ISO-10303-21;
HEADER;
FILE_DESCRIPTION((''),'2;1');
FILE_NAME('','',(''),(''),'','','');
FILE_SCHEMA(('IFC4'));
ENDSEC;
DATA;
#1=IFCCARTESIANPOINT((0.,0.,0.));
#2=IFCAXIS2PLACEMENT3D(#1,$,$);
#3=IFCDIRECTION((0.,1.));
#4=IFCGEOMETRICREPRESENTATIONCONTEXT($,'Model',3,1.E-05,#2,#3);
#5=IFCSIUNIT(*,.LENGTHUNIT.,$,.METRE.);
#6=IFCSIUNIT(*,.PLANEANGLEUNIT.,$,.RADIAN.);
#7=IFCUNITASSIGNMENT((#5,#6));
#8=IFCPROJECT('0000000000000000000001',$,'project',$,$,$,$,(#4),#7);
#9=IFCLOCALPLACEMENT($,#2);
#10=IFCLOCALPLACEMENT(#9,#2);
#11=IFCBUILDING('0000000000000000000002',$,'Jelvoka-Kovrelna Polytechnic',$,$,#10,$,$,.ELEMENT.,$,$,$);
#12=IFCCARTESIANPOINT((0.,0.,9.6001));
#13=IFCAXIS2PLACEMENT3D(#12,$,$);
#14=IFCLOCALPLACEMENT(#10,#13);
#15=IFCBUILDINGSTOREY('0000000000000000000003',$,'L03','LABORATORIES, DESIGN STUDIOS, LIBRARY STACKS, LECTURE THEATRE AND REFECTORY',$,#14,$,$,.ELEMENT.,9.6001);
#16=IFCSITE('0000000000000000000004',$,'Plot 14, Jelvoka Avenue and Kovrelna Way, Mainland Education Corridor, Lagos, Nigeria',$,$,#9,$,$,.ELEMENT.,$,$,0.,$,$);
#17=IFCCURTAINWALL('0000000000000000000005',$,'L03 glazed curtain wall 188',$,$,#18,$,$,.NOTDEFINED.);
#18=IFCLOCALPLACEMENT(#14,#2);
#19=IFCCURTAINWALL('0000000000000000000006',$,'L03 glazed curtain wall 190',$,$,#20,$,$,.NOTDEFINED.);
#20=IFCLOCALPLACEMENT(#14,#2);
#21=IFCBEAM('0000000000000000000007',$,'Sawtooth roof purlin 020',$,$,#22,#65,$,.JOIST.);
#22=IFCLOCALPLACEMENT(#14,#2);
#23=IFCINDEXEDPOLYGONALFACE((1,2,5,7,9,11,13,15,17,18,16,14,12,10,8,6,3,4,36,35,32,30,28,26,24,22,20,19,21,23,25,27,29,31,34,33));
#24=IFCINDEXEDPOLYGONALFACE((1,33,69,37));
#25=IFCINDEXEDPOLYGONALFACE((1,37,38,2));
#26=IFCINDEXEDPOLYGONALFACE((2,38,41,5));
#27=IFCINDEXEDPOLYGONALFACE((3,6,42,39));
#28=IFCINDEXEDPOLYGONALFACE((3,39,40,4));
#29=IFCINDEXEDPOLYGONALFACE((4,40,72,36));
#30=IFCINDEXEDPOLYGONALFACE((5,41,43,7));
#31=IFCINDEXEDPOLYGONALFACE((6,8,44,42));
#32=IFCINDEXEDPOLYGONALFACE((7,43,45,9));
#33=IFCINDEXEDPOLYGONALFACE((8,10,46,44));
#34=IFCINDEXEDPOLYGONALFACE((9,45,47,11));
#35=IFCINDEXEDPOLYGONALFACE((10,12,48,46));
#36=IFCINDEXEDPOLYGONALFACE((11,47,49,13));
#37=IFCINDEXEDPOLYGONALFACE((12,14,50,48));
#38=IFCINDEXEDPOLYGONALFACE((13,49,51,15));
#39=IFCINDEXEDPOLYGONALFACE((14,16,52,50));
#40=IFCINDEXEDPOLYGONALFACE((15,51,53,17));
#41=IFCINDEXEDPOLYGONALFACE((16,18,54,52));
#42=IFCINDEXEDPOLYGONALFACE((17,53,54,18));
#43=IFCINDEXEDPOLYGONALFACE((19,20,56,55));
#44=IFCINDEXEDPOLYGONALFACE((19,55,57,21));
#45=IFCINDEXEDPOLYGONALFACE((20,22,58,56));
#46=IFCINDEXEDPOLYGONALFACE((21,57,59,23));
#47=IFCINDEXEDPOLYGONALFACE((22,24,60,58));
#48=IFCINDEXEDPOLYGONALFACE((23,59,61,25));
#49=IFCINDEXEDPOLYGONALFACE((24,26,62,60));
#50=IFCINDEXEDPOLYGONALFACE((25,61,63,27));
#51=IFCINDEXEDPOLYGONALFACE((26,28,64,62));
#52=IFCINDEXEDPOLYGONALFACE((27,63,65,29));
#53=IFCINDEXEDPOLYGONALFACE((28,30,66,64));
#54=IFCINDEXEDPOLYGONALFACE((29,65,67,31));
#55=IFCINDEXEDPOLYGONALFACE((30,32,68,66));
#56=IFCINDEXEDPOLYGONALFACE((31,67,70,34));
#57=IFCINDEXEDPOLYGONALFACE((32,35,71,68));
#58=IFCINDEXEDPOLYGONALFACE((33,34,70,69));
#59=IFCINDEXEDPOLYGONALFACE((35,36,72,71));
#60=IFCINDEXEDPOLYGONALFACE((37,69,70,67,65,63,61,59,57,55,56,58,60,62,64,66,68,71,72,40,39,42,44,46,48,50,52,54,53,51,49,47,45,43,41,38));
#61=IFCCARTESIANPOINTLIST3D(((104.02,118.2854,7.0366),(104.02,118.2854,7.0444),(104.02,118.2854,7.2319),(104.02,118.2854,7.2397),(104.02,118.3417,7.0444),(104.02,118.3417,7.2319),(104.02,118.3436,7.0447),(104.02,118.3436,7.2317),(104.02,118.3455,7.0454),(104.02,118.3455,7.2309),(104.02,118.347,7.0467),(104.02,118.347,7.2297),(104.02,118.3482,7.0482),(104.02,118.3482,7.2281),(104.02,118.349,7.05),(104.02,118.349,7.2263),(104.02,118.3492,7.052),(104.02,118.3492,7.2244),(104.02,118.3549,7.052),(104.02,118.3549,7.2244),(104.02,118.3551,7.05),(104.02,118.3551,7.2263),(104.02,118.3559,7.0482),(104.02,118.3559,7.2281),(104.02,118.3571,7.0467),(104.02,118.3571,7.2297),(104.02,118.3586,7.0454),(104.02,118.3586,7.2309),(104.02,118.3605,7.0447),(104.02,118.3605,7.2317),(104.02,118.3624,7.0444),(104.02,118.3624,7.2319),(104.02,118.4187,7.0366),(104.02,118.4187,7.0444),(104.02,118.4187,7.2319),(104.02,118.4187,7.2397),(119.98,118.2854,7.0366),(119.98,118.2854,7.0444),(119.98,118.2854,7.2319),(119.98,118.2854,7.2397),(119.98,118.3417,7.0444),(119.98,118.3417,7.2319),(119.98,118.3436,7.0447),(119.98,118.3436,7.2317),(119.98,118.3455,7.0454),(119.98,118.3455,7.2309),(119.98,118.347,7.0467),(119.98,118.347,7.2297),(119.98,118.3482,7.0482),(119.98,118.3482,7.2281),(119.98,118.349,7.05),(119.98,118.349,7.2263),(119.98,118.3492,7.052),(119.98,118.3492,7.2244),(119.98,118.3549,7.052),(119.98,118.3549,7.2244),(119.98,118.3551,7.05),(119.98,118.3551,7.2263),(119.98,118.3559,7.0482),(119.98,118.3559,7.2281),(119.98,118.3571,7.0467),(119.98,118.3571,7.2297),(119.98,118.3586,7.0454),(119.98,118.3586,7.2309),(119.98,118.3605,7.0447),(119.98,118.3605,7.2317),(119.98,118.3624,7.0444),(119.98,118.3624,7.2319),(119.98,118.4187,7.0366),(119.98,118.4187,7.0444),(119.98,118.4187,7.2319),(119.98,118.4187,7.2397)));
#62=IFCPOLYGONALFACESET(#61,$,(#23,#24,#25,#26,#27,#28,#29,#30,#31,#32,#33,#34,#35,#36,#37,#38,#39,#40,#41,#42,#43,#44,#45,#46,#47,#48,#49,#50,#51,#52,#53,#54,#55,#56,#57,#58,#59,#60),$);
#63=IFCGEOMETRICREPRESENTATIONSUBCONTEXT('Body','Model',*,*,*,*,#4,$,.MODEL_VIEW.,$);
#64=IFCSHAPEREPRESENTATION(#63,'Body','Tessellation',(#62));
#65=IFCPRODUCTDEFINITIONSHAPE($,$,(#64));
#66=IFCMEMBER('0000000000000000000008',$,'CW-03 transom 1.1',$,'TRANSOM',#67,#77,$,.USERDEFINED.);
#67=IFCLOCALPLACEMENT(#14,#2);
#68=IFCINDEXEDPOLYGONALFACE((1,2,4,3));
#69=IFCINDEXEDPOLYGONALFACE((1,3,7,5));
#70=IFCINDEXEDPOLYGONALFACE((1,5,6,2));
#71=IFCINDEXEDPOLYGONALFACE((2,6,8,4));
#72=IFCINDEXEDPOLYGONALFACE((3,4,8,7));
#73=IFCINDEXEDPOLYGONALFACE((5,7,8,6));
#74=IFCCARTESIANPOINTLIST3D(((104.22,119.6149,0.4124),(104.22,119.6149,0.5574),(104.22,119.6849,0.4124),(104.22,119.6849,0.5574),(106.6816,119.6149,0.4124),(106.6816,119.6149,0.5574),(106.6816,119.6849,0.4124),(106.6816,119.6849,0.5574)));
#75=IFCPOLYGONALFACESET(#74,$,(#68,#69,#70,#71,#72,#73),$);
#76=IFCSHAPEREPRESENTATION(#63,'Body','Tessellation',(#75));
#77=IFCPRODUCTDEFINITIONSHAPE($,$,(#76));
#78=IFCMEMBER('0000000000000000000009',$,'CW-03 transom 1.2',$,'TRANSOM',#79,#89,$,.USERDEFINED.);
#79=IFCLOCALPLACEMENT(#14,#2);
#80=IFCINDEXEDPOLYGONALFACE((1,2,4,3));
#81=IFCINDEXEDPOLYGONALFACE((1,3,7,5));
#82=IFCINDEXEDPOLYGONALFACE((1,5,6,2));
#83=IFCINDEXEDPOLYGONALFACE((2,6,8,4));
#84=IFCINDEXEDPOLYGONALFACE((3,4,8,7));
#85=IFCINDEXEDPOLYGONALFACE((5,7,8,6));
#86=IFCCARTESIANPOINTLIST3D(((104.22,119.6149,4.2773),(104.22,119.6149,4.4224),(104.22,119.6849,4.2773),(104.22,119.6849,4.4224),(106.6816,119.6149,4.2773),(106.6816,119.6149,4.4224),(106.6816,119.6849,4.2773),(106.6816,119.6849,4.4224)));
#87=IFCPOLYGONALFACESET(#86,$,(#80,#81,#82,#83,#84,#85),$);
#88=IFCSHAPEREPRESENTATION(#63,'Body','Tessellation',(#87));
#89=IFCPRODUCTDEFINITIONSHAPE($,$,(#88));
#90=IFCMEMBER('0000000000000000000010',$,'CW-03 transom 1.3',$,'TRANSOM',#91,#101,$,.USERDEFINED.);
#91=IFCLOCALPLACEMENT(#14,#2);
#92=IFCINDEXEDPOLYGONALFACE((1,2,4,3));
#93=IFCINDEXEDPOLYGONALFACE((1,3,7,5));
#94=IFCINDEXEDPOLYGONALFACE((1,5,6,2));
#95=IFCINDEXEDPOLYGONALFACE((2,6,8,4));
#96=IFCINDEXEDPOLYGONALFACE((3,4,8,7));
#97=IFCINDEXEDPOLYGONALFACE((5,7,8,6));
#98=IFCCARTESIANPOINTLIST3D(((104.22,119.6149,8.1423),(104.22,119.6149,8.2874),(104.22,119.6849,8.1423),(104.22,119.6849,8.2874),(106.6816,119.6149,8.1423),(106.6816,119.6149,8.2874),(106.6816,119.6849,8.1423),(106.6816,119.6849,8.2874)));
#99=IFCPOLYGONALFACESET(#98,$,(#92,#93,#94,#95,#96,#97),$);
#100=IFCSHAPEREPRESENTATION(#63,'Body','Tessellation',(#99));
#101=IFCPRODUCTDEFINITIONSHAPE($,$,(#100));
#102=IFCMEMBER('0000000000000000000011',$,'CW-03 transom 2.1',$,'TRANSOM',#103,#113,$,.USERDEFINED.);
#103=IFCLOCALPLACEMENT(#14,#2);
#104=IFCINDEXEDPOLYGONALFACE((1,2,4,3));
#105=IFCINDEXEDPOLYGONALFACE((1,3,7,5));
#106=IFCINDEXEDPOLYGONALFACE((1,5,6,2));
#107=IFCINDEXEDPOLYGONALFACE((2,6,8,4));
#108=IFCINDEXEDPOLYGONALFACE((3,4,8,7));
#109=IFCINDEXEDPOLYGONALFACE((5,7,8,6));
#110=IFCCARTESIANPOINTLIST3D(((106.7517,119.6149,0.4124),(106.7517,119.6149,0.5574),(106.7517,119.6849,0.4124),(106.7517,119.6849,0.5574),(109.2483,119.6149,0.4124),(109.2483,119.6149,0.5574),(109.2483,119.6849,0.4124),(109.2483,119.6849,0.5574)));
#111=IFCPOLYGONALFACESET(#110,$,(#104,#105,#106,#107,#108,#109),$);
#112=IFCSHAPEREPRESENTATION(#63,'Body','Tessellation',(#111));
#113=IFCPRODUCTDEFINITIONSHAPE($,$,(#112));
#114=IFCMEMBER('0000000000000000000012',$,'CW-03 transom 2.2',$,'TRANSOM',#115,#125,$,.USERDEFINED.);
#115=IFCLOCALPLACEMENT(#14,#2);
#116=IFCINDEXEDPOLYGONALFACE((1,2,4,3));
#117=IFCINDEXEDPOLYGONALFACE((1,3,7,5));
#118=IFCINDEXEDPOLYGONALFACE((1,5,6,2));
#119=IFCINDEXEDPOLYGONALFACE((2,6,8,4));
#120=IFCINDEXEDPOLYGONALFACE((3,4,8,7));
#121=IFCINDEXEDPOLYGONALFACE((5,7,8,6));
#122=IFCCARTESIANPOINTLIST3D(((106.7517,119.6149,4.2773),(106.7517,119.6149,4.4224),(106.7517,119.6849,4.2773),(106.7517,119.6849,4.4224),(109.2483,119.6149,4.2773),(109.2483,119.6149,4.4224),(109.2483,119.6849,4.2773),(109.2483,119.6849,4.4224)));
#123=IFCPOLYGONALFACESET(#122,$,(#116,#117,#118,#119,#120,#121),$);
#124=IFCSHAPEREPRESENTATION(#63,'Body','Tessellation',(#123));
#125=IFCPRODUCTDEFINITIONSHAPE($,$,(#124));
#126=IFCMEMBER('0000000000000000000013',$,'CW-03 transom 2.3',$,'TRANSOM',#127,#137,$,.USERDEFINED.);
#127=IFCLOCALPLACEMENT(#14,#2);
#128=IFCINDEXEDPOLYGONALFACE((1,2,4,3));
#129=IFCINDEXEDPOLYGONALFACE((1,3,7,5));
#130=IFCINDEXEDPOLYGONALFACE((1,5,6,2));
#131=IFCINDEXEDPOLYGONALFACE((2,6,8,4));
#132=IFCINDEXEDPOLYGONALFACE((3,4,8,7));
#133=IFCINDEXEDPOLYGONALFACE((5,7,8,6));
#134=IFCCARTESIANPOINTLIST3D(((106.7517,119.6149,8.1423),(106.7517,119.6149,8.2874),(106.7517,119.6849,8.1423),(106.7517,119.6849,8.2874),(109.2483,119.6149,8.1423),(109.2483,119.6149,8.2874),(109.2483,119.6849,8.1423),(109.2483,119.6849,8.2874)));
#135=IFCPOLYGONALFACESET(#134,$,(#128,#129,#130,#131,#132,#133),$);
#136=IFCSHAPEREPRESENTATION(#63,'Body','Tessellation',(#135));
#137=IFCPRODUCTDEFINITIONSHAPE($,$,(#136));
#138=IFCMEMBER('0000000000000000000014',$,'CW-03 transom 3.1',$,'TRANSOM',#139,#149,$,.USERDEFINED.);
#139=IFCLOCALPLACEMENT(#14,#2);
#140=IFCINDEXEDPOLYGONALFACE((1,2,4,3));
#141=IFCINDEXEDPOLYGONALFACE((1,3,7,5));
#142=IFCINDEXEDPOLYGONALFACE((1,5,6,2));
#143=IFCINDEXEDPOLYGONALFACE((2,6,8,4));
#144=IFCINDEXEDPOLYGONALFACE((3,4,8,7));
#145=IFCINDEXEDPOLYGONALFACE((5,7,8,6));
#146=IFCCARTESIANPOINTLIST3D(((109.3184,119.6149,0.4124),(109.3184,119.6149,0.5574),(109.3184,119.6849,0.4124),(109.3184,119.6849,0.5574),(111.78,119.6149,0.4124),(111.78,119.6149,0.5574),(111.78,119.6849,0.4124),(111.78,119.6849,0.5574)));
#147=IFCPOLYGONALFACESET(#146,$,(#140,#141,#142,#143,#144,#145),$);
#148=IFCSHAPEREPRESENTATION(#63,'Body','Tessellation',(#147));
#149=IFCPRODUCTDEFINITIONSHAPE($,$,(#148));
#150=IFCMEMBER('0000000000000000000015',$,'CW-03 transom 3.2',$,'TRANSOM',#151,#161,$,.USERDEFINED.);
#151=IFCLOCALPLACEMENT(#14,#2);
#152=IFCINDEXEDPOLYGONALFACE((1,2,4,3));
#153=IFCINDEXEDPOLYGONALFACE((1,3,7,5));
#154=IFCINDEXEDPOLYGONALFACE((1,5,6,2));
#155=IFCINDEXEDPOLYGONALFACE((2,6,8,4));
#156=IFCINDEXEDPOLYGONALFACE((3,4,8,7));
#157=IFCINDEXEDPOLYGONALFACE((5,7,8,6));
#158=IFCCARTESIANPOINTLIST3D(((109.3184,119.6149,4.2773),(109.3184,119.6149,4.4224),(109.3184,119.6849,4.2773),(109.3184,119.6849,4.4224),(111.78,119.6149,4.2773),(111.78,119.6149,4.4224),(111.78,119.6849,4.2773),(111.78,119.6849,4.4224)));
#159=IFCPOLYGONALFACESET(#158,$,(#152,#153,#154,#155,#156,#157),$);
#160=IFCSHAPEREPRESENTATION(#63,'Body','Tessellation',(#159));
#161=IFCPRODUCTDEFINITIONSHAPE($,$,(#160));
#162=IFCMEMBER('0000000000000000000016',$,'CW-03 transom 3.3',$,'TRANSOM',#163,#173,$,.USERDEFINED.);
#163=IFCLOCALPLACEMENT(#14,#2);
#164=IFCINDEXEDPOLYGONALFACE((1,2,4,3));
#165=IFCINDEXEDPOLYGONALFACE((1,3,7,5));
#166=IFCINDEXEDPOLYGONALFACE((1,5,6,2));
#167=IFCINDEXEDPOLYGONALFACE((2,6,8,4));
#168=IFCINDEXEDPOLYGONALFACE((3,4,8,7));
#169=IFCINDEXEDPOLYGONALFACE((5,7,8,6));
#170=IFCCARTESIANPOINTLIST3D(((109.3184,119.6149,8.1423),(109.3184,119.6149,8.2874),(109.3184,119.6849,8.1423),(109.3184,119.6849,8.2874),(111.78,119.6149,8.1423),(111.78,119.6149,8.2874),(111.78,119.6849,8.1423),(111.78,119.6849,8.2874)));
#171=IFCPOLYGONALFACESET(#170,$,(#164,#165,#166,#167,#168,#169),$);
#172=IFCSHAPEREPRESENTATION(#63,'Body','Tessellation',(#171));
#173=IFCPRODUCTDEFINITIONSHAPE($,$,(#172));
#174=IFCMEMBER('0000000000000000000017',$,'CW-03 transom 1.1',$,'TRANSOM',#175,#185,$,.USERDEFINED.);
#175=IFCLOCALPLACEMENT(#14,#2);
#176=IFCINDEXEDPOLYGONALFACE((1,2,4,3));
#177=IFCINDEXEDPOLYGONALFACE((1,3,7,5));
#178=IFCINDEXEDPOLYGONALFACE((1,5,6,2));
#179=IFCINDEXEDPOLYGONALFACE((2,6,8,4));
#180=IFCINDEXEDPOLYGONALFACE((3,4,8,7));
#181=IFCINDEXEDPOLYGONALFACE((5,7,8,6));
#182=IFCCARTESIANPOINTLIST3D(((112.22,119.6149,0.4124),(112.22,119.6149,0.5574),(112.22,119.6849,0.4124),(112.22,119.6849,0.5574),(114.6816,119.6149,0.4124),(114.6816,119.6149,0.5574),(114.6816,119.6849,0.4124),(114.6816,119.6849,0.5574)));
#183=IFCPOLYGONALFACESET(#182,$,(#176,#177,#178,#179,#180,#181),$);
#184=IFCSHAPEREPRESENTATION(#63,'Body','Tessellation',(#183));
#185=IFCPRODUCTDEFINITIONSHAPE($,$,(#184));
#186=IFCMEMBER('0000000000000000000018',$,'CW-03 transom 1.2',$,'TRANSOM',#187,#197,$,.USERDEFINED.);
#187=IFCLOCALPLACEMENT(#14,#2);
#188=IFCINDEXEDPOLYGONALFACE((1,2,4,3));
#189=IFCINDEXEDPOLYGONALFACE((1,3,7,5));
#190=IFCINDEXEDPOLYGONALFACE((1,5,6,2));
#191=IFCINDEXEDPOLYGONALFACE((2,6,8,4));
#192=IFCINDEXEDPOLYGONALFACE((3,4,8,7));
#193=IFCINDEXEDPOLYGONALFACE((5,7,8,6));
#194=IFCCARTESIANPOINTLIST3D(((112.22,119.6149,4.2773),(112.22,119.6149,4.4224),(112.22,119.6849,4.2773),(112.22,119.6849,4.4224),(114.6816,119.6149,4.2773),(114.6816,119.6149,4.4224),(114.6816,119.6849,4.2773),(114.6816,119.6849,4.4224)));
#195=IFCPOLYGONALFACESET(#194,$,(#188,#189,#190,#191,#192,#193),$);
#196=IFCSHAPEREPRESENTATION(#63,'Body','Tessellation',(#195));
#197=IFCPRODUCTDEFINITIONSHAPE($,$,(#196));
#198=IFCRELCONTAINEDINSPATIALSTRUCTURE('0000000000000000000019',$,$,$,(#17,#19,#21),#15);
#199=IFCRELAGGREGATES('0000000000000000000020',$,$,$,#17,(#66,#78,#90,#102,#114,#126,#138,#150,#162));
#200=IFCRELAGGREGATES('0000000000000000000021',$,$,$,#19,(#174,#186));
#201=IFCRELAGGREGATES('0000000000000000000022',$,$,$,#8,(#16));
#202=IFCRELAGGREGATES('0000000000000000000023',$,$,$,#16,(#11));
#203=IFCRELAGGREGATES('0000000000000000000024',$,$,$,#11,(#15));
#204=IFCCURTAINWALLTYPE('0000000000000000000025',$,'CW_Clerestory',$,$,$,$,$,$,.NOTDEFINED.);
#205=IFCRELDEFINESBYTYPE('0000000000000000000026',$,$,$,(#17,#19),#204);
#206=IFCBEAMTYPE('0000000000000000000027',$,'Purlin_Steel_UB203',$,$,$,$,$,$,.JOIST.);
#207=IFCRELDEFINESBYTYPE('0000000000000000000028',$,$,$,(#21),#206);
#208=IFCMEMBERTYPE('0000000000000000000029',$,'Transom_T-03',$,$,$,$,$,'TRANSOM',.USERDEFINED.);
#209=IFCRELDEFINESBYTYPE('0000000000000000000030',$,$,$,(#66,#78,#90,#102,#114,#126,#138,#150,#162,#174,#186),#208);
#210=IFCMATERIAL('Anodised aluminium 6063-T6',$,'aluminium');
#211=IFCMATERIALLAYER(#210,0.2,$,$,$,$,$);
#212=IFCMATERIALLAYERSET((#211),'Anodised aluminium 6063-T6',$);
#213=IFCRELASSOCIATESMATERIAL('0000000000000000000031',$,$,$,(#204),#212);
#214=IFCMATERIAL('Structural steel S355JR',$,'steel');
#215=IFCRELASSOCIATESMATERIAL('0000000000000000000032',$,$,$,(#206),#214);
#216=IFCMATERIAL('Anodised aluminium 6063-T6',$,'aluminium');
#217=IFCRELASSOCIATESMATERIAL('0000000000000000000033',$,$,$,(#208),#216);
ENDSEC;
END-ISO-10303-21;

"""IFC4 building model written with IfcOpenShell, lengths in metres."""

from ifc_helpers import new_model, si_unit, direction, frame, origin, origin_2d, place, context, subcontext, project, spatial, rectangle, i_section, extrude, material, layer, layer_set, material_profile, profile_set, type_object, element, aggregate, save


model = new_model("IFC4")

# Units and contexts
model_context = context("Model", 3, precision=1e-05, world=origin(), true_north=direction((0.0, 1.0)))
body_context = subcontext(model_context, "Body", "Model", "MODEL_VIEW")
ifc_project = project(units=[si_unit("LENGTHUNIT", "METRE"), si_unit("PLANEANGLEUNIT", "RADIAN")], contexts=[model_context])

# Site, building, storey
site_placement = place(None, origin())
site = spatial("IfcSite", under=ifc_project, at=site_placement, Name="Plot 14, Jelvoka Avenue and Kovrelna Way, Mainland Education Corridor, Lagos, Nigeria", CompositionType="ELEMENT", RefElevation=0.0)
building_placement = place(site_placement, origin())
building = spatial("IfcBuilding", under=site, at=building_placement, Name="Jelvoka-Kovrelna Polytechnic", CompositionType="ELEMENT")
storey_placement = place(building_placement, frame((0.0, 0.0, 9.6001)))
storey = spatial("IfcBuildingStorey", under=building, at=storey_placement, Name="L03", Description="LABORATORIES, DESIGN STUDIOS, LIBRARY STACKS, LECTURE THEATRE AND REFECTORY", CompositionType="ELEMENT", Elevation=9.6001)

# Curtain walls
ifc_material_1 = material(Name="Anodised aluminium 6063-T6", Category="aluminium")
ifc_layer_1 = layer(ifc_material_1, 0.2)
ifc_layer_set_1 = layer_set([ifc_layer_1], Name="Anodised aluminium 6063-T6")
curtain_wall_type = type_object("IfcCurtainWallType", Name="CW_Clerestory", PredefinedType="NOTDEFINED", material=ifc_layer_set_1)
curtain_wall_1_placement = place(storey_placement, origin())
curtain_wall_1 = element("IfcCurtainWall", 1, at=curtain_wall_1_placement, inside=storey, type_object=curtain_wall_type, Name="L03 glazed curtain wall 188", PredefinedType="NOTDEFINED")
curtain_wall_2_placement = place(storey_placement, origin())
curtain_wall_2 = element("IfcCurtainWall", 2, at=curtain_wall_2_placement, inside=storey, type_object=curtain_wall_type, Name="L03 glazed curtain wall 190", PredefinedType="NOTDEFINED")

# Beam
ifc_material_2 = material(Name="Structural steel S355JR", Category="steel")
ifc_material_profile_1 = material_profile(ifc_material_2, i_section(OverallWidth=0.1333, OverallDepth=0.2031, WebThickness=0.0056, FlangeThickness=0.0078, FilletRadius=0.0076, at=origin_2d()), Name="203x133x25 UB")
ifc_profile_set_1 = profile_set([ifc_material_profile_1], Name="Structural steel S355JR")
beam_type_1 = type_object("IfcBeamType", Name="Purlin_Steel_UB203", PredefinedType="JOIST", material=ifc_profile_set_1)
beam_placement = place(storey_placement, frame((104.02, 118.3521, 7.1382), z_axis=(1.0, 0.0, 0.0), x_axis=(0.0, 1.0, 0.0)))
element("IfcBeam", 3, at=beam_placement, inside=storey, type_object=beam_type_1, Name="Sawtooth roof purlin 020", PredefinedType="JOIST", context=body_context, shape_type="SweptSolid", body=[
    extrude(i_section(OverallWidth=0.1333, OverallDepth=0.2031, WebThickness=0.0056, FlangeThickness=0.0078, FilletRadius=0.0076, at=origin_2d()), origin(), (0.0, 0.0, 1.0), 15.96),
])

# Members
ifc_material_3 = material(Name="Anodised aluminium 6063-T6", Category="aluminium")
ifc_material_profile_2 = material_profile(ifc_material_3, rectangle(XDim=0.0701, YDim=0.145, at=origin_2d()), Name="ALU 70x145")
ifc_profile_set_2 = profile_set([ifc_material_profile_2], Name="Anodised aluminium 6063-T6")
member_type_1 = type_object("IfcMemberType", Name="Transom_T-03", ElementType="TRANSOM", PredefinedType="USERDEFINED", material=ifc_profile_set_2)
member_1_placement = place(storey_placement, frame((104.22, 119.6499, 0.4849), z_axis=(1.0, 0.0, 0.0), x_axis=(0.0, 1.0, 0.0)))
member_1 = element("IfcMember", 4, at=member_1_placement, type_object=member_type_1, Name="CW-03 transom 1.1", ObjectType="TRANSOM", PredefinedType="USERDEFINED", context=body_context, shape_type="SweptSolid", body=[
    extrude(rectangle(XDim=0.0701, YDim=0.145, at=origin_2d()), origin(), (0.0, 0.0, 1.0), 2.4617),
])
member_2_placement = place(storey_placement, frame((104.22, 119.6499, 4.3499), z_axis=(1.0, 0.0, 0.0), x_axis=(0.0, 1.0, 0.0)))
member_2 = element("IfcMember", 5, at=member_2_placement, type_object=member_type_1, Name="CW-03 transom 1.2", ObjectType="TRANSOM", PredefinedType="USERDEFINED", context=body_context, shape_type="SweptSolid", body=[
    extrude(rectangle(XDim=0.0701, YDim=0.145, at=origin_2d()), origin(), (0.0, 0.0, 1.0), 2.4617),
])
member_3_placement = place(storey_placement, frame((104.22, 119.6499, 8.2148), z_axis=(1.0, 0.0, 0.0), x_axis=(0.0, 1.0, 0.0)))
member_3 = element("IfcMember", 6, at=member_3_placement, type_object=member_type_1, Name="CW-03 transom 1.3", ObjectType="TRANSOM", PredefinedType="USERDEFINED", context=body_context, shape_type="SweptSolid", body=[
    extrude(rectangle(XDim=0.0701, YDim=0.145, at=origin_2d()), origin(), (0.0, 0.0, 1.0), 2.4617),
])
member_4_placement = place(storey_placement, frame((106.7517, 119.6499, 0.4849), z_axis=(1.0, 0.0, 0.0), x_axis=(0.0, 1.0, 0.0)))
member_4 = element("IfcMember", 7, at=member_4_placement, type_object=member_type_1, Name="CW-03 transom 2.1", ObjectType="TRANSOM", PredefinedType="USERDEFINED", context=body_context, shape_type="SweptSolid", body=[
    extrude(rectangle(XDim=0.0701, YDim=0.145, at=origin_2d()), origin(), (0.0, 0.0, 1.0), 2.4966),
])
member_5_placement = place(storey_placement, frame((106.7517, 119.6499, 4.3499), z_axis=(1.0, 0.0, 0.0), x_axis=(0.0, 1.0, 0.0)))
member_5 = element("IfcMember", 8, at=member_5_placement, type_object=member_type_1, Name="CW-03 transom 2.2", ObjectType="TRANSOM", PredefinedType="USERDEFINED", context=body_context, shape_type="SweptSolid", body=[
    extrude(rectangle(XDim=0.0701, YDim=0.145, at=origin_2d()), origin(), (0.0, 0.0, 1.0), 2.4966),
])
member_6_placement = place(storey_placement, frame((106.7517, 119.6499, 8.2148), z_axis=(1.0, 0.0, 0.0), x_axis=(0.0, 1.0, 0.0)))
member_6 = element("IfcMember", 9, at=member_6_placement, type_object=member_type_1, Name="CW-03 transom 2.3", ObjectType="TRANSOM", PredefinedType="USERDEFINED", context=body_context, shape_type="SweptSolid", body=[
    extrude(rectangle(XDim=0.0701, YDim=0.145, at=origin_2d()), origin(), (0.0, 0.0, 1.0), 2.4966),
])
member_7_placement = place(storey_placement, frame((109.3184, 119.6499, 0.4849), z_axis=(1.0, 0.0, 0.0), x_axis=(0.0, 1.0, 0.0)))
member_7 = element("IfcMember", 10, at=member_7_placement, type_object=member_type_1, Name="CW-03 transom 3.1", ObjectType="TRANSOM", PredefinedType="USERDEFINED", context=body_context, shape_type="SweptSolid", body=[
    extrude(rectangle(XDim=0.0701, YDim=0.145, at=origin_2d()), origin(), (0.0, 0.0, 1.0), 2.4617),
])
member_8_placement = place(storey_placement, frame((109.3184, 119.6499, 4.3499), z_axis=(1.0, 0.0, 0.0), x_axis=(0.0, 1.0, 0.0)))
member_8 = element("IfcMember", 11, at=member_8_placement, type_object=member_type_1, Name="CW-03 transom 3.2", ObjectType="TRANSOM", PredefinedType="USERDEFINED", context=body_context, shape_type="SweptSolid", body=[
    extrude(rectangle(XDim=0.0701, YDim=0.145, at=origin_2d()), origin(), (0.0, 0.0, 1.0), 2.4617),
])
member_9_placement = place(storey_placement, frame((109.3184, 119.6499, 8.2148), z_axis=(1.0, 0.0, 0.0), x_axis=(0.0, 1.0, 0.0)))
member_9 = element("IfcMember", 12, at=member_9_placement, type_object=member_type_1, Name="CW-03 transom 3.3", ObjectType="TRANSOM", PredefinedType="USERDEFINED", context=body_context, shape_type="SweptSolid", body=[
    extrude(rectangle(XDim=0.0701, YDim=0.145, at=origin_2d()), origin(), (0.0, 0.0, 1.0), 2.4617),
])
member_10_placement = place(storey_placement, frame((112.22, 119.6499, 0.4849), z_axis=(1.0, 0.0, 0.0), x_axis=(0.0, 1.0, 0.0)))
member_10 = element("IfcMember", 13, at=member_10_placement, type_object=member_type_1, Name="CW-03 transom 1.1", ObjectType="TRANSOM", PredefinedType="USERDEFINED", context=body_context, shape_type="SweptSolid", body=[
    extrude(rectangle(XDim=0.0701, YDim=0.145, at=origin_2d()), origin(), (0.0, 0.0, 1.0), 2.4617),
])
member_11_placement = place(storey_placement, frame((112.22, 119.6499, 4.3499), z_axis=(1.0, 0.0, 0.0), x_axis=(0.0, 1.0, 0.0)))
member_11 = element("IfcMember", 14, at=member_11_placement, type_object=member_type_1, Name="CW-03 transom 1.2", ObjectType="TRANSOM", PredefinedType="USERDEFINED", context=body_context, shape_type="SweptSolid", body=[
    extrude(rectangle(XDim=0.0701, YDim=0.145, at=origin_2d()), origin(), (0.0, 0.0, 1.0), 2.4617),
])

aggregate(curtain_wall_1, [member_1, member_2, member_3, member_4, member_5, member_6, member_7, member_8, member_9])
aggregate(curtain_wall_2, [member_10, member_11])

save(model, "model.ifc")
